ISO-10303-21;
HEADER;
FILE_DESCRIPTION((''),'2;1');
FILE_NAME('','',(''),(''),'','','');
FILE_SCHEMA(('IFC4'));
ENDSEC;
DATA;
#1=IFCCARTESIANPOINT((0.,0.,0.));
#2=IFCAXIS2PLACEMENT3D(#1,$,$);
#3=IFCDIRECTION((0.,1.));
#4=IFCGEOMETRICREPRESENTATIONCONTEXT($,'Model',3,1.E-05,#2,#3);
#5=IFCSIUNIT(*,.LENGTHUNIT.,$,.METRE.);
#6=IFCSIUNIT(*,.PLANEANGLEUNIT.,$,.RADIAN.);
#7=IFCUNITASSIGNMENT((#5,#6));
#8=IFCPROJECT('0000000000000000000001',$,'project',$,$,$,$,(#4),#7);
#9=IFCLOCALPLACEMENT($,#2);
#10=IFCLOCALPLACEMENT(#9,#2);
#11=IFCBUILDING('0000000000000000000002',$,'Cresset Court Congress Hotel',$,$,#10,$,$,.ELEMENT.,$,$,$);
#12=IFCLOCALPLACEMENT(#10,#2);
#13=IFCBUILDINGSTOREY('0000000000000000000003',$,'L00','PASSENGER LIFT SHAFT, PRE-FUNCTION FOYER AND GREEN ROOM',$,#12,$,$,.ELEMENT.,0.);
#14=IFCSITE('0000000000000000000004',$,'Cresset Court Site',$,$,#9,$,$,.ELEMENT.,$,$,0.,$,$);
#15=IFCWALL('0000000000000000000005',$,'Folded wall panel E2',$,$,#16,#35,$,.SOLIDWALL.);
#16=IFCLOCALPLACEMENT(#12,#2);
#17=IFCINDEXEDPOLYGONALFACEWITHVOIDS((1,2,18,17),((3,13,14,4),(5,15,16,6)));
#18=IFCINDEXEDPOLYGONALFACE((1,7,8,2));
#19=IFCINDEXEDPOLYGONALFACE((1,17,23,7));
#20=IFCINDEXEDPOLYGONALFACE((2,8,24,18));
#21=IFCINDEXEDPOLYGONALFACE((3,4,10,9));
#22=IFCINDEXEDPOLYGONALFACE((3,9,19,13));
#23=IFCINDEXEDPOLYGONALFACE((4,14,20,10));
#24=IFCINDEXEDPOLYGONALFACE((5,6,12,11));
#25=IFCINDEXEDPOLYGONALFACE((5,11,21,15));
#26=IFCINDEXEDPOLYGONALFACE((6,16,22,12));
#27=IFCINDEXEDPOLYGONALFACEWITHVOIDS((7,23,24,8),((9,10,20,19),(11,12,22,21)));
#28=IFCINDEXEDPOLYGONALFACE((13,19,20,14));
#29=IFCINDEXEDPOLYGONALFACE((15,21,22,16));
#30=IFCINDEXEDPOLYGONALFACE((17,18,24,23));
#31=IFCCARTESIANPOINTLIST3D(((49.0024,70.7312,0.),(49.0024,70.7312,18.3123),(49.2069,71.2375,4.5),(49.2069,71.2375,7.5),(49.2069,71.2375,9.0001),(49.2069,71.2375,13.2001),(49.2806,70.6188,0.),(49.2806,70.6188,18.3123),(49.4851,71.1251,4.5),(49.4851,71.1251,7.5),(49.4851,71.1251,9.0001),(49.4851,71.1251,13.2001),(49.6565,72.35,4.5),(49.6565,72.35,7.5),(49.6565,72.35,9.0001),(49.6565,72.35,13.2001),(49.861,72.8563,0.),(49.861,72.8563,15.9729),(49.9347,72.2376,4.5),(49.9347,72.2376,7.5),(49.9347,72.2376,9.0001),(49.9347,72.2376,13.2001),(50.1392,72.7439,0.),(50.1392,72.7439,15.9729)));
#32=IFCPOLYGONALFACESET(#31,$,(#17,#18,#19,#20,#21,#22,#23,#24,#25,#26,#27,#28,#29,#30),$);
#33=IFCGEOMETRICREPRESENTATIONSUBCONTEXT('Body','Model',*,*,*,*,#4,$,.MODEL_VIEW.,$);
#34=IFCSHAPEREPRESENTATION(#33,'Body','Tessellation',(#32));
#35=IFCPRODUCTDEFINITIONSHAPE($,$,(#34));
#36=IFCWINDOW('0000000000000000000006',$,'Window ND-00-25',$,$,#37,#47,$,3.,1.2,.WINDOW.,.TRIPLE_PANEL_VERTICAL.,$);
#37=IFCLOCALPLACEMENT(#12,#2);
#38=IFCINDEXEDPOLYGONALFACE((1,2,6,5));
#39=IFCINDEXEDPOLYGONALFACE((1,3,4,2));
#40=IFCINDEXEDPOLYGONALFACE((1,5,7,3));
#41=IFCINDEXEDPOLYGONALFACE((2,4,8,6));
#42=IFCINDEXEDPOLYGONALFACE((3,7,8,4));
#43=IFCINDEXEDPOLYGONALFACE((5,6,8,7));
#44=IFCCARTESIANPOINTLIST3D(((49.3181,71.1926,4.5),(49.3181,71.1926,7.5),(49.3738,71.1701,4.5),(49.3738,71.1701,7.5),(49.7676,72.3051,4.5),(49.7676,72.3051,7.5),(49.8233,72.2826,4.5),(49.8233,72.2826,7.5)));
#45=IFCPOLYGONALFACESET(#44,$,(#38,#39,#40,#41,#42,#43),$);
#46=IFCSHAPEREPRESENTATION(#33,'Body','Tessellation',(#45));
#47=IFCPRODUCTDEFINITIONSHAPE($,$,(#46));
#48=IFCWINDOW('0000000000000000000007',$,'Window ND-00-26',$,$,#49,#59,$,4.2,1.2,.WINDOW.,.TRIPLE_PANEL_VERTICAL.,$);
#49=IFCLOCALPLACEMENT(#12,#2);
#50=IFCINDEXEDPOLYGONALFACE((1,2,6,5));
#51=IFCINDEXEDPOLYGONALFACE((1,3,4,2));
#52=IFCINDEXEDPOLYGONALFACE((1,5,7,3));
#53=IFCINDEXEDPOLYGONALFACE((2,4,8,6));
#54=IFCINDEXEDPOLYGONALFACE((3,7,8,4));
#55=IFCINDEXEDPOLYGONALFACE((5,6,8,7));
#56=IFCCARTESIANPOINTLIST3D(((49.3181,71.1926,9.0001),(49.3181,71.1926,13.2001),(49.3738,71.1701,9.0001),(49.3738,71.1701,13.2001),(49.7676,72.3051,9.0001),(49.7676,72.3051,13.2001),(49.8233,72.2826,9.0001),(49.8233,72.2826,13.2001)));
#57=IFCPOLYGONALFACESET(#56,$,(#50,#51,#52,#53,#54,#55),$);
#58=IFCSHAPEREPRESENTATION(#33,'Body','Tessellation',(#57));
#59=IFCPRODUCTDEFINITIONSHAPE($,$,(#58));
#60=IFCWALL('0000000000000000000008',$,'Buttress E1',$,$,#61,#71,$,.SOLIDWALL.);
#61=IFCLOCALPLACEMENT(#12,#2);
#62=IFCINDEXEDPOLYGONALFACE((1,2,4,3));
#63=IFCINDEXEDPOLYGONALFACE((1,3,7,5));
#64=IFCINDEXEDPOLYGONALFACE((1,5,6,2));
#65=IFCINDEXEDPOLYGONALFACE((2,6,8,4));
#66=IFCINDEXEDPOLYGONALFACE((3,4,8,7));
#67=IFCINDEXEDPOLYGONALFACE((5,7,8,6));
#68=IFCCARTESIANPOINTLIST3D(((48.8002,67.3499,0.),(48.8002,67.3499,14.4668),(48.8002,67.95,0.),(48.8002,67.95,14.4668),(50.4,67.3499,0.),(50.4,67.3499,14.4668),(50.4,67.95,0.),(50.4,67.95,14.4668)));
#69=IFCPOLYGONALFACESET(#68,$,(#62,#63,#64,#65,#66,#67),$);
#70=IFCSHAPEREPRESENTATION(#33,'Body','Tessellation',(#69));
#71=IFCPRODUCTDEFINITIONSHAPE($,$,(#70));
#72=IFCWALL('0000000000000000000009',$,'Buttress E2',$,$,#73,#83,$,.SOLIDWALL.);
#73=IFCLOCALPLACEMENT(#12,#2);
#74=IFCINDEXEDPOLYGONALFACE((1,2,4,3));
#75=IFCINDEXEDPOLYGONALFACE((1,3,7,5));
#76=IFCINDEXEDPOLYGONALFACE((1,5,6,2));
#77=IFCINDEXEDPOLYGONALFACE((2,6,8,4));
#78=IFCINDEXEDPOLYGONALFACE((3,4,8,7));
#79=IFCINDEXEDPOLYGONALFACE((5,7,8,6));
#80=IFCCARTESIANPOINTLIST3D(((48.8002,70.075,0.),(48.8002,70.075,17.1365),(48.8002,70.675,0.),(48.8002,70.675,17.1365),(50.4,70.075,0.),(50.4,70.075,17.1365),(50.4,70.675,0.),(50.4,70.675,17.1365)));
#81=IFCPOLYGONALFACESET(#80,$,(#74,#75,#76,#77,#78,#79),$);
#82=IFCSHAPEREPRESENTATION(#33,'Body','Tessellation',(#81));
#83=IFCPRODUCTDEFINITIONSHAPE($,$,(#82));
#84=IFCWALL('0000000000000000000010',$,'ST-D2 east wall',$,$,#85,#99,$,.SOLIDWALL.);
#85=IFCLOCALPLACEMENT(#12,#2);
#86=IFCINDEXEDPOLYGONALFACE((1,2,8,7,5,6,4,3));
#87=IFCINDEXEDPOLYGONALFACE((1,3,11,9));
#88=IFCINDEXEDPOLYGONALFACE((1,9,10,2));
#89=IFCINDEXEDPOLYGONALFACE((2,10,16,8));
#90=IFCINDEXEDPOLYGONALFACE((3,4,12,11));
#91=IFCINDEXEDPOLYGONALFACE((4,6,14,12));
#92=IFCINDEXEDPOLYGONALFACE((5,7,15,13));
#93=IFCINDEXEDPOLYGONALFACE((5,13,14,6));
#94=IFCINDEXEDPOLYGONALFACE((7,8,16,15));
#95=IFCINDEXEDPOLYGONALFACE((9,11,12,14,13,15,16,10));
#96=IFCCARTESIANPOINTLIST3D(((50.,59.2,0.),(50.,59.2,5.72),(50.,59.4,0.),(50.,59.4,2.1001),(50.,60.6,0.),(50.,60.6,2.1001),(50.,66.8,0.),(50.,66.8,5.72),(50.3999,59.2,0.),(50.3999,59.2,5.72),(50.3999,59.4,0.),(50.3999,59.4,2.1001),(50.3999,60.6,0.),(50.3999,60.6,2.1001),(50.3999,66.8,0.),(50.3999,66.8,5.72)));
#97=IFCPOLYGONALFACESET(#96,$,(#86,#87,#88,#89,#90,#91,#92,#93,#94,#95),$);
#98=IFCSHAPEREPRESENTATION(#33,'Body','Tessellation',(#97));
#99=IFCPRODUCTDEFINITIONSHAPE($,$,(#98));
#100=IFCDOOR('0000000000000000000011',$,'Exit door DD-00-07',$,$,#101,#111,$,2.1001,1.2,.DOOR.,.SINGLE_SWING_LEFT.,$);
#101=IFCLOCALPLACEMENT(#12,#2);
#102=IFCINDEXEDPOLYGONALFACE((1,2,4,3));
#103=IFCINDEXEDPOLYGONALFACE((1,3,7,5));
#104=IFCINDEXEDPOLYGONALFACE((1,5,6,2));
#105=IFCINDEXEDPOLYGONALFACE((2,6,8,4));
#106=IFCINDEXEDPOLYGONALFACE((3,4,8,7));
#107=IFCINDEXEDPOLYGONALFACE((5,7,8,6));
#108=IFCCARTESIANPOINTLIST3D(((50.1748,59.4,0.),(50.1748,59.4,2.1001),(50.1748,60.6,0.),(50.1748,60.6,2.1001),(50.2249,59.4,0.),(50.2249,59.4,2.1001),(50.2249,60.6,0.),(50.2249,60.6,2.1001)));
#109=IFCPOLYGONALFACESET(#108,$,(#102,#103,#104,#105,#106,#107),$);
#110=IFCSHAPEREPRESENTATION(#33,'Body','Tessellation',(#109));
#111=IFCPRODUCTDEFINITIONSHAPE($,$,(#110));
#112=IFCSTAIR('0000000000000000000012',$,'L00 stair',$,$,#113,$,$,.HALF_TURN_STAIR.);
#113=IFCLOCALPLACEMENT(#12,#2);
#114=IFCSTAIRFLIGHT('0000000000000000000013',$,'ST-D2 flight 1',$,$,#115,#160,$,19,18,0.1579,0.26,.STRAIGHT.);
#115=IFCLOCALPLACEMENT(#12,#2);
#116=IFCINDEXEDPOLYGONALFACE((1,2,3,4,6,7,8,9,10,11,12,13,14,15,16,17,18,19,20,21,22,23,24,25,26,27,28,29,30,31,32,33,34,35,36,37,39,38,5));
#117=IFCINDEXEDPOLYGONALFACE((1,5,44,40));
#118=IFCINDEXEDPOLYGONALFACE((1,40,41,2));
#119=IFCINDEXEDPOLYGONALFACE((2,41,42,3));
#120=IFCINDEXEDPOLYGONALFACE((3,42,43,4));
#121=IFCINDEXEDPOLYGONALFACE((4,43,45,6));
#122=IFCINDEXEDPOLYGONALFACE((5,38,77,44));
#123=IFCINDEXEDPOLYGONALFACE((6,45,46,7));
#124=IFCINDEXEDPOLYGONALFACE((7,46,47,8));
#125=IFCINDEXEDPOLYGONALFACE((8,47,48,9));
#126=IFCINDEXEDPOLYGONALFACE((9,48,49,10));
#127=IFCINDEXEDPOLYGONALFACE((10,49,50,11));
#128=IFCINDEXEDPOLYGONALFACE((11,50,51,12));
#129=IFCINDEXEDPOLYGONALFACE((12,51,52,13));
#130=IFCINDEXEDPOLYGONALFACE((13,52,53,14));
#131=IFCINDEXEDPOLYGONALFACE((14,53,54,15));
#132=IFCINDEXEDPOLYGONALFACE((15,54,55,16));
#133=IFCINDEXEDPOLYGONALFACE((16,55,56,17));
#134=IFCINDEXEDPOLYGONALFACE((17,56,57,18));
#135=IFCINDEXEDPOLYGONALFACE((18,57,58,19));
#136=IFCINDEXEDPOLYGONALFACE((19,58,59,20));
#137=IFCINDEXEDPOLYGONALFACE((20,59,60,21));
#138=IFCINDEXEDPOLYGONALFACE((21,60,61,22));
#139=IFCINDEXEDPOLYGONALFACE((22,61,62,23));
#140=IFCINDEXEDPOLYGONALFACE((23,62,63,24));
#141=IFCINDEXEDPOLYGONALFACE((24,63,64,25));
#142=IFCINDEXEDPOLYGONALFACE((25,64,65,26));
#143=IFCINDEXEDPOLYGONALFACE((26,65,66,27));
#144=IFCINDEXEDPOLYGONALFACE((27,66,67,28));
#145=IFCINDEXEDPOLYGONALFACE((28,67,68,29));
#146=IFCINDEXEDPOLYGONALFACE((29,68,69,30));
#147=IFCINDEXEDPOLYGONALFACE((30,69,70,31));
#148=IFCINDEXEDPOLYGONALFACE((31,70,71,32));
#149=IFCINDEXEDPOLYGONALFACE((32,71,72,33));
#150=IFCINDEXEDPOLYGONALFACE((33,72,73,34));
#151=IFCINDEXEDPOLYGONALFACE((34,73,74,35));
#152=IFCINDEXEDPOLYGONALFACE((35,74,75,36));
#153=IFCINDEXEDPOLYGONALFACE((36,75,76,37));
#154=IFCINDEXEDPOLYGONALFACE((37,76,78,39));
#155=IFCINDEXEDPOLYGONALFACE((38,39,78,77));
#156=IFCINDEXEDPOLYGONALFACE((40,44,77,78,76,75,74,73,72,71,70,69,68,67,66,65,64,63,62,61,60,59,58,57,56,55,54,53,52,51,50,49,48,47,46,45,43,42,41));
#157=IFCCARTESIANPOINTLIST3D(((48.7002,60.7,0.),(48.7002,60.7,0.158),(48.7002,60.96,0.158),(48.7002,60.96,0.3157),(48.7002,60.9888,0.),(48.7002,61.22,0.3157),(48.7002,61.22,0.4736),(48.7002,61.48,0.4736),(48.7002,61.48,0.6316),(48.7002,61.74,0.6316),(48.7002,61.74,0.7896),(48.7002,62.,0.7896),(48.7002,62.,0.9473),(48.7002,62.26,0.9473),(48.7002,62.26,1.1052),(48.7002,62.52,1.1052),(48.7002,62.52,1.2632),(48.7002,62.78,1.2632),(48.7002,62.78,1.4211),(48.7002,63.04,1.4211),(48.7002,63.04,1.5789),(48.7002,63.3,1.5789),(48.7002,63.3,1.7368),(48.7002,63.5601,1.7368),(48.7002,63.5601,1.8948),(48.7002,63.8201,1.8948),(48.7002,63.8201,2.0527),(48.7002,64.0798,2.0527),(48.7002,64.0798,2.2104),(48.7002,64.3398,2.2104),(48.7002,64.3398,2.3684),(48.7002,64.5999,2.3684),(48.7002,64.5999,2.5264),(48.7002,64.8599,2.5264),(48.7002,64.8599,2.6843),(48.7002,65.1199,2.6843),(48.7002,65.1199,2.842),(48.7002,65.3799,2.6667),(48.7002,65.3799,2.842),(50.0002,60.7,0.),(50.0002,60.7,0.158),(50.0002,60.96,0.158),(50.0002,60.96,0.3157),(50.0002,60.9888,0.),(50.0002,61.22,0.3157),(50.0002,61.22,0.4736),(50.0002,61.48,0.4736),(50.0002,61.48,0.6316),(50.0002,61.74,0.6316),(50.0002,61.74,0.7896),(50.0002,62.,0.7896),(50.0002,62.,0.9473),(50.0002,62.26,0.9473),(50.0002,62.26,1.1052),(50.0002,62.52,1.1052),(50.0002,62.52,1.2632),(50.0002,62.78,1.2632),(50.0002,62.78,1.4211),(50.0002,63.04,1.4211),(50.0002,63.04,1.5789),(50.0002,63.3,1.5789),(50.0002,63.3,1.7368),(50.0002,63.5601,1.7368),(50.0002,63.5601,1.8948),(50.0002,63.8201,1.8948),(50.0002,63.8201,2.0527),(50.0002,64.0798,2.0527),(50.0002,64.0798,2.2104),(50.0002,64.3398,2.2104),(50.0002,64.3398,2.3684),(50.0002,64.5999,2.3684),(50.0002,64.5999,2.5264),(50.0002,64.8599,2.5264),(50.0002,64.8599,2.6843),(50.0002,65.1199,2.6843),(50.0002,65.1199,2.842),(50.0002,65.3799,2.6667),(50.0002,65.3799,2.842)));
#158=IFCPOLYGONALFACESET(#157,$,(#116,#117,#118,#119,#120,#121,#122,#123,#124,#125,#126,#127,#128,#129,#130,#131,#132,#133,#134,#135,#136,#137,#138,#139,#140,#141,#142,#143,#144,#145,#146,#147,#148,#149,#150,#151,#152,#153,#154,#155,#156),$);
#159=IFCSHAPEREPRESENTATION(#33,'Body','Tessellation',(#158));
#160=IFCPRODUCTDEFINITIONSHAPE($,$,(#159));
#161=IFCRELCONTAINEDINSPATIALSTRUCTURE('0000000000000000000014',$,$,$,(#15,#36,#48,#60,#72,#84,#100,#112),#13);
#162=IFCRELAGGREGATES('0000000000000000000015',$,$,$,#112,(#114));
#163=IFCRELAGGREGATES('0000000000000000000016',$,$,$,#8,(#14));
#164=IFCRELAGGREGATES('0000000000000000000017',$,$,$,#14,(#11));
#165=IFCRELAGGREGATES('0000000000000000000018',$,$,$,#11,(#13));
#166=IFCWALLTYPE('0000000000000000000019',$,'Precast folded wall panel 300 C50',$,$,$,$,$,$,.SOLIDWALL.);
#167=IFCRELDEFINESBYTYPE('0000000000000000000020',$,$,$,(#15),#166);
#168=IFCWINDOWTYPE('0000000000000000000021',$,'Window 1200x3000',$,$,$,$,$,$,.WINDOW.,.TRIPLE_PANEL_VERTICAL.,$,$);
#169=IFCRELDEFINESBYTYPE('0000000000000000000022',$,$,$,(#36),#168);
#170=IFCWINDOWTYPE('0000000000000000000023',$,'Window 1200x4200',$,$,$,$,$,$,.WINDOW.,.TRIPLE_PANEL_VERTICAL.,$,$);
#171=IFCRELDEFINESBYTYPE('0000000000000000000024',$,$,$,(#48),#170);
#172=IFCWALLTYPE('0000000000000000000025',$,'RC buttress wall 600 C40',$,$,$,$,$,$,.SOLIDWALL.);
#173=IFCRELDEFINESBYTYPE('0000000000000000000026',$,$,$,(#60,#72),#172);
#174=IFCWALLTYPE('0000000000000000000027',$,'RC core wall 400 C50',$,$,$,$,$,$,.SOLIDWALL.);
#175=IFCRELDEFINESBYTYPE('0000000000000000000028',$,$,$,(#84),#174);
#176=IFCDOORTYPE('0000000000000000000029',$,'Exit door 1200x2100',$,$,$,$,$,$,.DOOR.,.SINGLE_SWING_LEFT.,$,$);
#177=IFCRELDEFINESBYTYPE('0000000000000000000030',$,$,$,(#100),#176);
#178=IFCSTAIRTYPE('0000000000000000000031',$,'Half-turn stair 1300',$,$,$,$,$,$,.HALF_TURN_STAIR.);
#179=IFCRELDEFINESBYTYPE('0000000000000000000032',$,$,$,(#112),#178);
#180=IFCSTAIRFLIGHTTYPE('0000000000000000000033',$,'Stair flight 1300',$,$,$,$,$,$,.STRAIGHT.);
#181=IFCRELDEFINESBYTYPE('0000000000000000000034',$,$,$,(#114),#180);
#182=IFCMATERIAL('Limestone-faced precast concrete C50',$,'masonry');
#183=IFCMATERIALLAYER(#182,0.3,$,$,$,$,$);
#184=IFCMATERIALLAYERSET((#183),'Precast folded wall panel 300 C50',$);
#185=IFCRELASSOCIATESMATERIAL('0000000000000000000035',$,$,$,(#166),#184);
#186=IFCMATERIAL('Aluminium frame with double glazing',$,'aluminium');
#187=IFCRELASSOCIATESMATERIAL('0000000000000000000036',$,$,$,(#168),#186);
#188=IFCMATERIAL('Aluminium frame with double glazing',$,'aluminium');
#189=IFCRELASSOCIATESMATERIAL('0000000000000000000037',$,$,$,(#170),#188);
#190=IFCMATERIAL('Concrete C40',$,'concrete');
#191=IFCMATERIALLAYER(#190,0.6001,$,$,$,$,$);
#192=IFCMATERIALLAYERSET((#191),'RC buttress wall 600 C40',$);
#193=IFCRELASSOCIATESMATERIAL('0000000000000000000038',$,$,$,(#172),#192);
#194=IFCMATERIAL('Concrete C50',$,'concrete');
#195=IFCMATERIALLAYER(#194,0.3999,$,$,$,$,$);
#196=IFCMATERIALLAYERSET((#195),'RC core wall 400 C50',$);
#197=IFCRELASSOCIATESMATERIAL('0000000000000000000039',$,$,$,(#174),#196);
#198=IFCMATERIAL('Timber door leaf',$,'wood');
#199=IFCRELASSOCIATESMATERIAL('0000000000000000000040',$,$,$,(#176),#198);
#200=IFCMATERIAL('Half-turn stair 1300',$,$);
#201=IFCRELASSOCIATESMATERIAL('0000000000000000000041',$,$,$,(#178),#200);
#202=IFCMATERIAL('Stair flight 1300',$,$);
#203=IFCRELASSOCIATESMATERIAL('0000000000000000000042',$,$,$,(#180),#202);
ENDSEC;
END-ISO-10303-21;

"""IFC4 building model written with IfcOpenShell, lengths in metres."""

from ifc_helpers import new_model, si_unit, direction, frame, frame_2d, origin, place, context, subcontext, project, spatial, polyline, rectangle, outline, extrude, material, layer, layer_set, type_object, element, fill, aggregate, save


model = new_model("IFC4")

# Units and contexts
model_context = context("Model", 3, precision=1e-05, world=origin(), true_north=direction((0.0, 1.0)))
body_context = subcontext(model_context, "Body", "Model", "MODEL_VIEW")
ifc_project = project(units=[si_unit("LENGTHUNIT", "METRE"), si_unit("PLANEANGLEUNIT", "RADIAN")], contexts=[model_context])

# Site, building, storey
site_placement = place(None, origin())
site = spatial("IfcSite", under=ifc_project, at=site_placement, Name="Cresset Court Site", CompositionType="ELEMENT", RefElevation=0.0)
building_placement = place(site_placement, origin())
building = spatial("IfcBuilding", under=site, at=building_placement, Name="Cresset Court Congress Hotel", CompositionType="ELEMENT")
storey_placement = place(building_placement, origin())
storey = spatial("IfcBuildingStorey", under=building, at=storey_placement, Name="L00", Description="PASSENGER LIFT SHAFT, PRE-FUNCTION FOYER AND GREEN ROOM", CompositionType="ELEMENT", Elevation=0.0)

# Wall, openings, windows
ifc_material_1 = material(Name="Limestone-faced precast concrete C50", Category="masonry")
ifc_layer_1 = layer(ifc_material_1, 0.3)
ifc_layer_set_1 = layer_set([ifc_layer_1], Name="Precast folded wall panel 300 C50")
wall_type_1 = type_object("IfcWallType", Name="Precast folded wall panel 300 C50", PredefinedType="SOLIDWALL", material=ifc_layer_set_1)
ifc_material_2 = material(Name="Aluminium frame with double glazing", Category="aluminium")
window_type_1 = type_object("IfcWindowType", Name="Window 1200x3000", PartitioningType="TRIPLE_PANEL_VERTICAL", PredefinedType="WINDOW", material=ifc_material_2)
ifc_material_3 = material(Name="Aluminium frame with double glazing", Category="aluminium")
window_type_2 = type_object("IfcWindowType", Name="Window 1200x4200", PartitioningType="TRIPLE_PANEL_VERTICAL", PredefinedType="WINDOW", material=ifc_material_3)
wall_1_placement = place(storey_placement, frame((49.1414, 70.675, 0.0), z_axis=(0.0, 0.0, 1.0), x_axis=(0.374639, 0.927171, 0.0)))
wall_1 = element("IfcWall", 1, at=wall_1_placement, inside=storey, type_object=wall_type_1, Name="Folded wall panel E2", PredefinedType="SOLIDWALL", context=body_context, shape_type="SweptSolid", body=[
    extrude(outline(polyline([(0.0, 0.0), (2.292, 0.0), (2.292, 15.9729), (0.0, 18.3123), (0.0, 0.0)])), frame((0.0, 0.1499, 0.0), z_axis=(0.0, -1.0, 0.0), x_axis=(1.0, 0.0, 0.0)), (0.0, 0.0, 1.0), 0.3),
])
opening_1_placement = place(wall_1_placement, frame((0.5459, 0.0, 4.5)))
opening_1 = element("IfcOpeningElement", 2, at=opening_1_placement, cuts=wall_1, PredefinedType="OPENING", context=body_context, shape_type="SweptSolid", body=[
    extrude(rectangle(XDim=1.2, YDim=3.0, at=frame_2d((0.6001, 1.5))), frame((0.0, 0.1599, 0.0), z_axis=(0.0, -1.0, 0.0), x_axis=(1.0, 0.0, 0.0)), (0.0, 0.0, 1.0), 0.3201),
])
opening_2_placement = place(wall_1_placement, frame((0.5459, 0.0, 9.0)))
opening_2 = element("IfcOpeningElement", 3, at=opening_2_placement, cuts=wall_1, PredefinedType="OPENING", context=body_context, shape_type="SweptSolid", body=[
    extrude(rectangle(XDim=1.2, YDim=4.2, at=frame_2d((0.6001, 2.1001))), frame((0.0, 0.1599, 0.0), z_axis=(0.0, -1.0, 0.0), x_axis=(1.0, 0.0, 0.0)), (0.0, 0.0, 1.0), 0.3201),
])
window_1_placement = place(opening_1_placement, origin())
window_1 = element("IfcWindow", 4, at=window_1_placement, inside=storey, type_object=window_type_1, Name="Window ND-00-25", OverallHeight=3.0, OverallWidth=1.2, PartitioningType="TRIPLE_PANEL_VERTICAL", PredefinedType="WINDOW", context=body_context, shape_type="SweptSolid", body=[
    extrude(rectangle(XDim=1.2, YDim=3.0, at=frame_2d((0.6001, 1.5))), frame((0.0, 0.03, 0.0), z_axis=(0.0, -1.0, 0.0), x_axis=(1.0, 0.0, 0.0)), (0.0, 0.0, 1.0), 0.0601),
])
fill(opening_1, window_1)
window_2_placement = place(opening_2_placement, origin())
window_2 = element("IfcWindow", 5, at=window_2_placement, inside=storey, type_object=window_type_2, Name="Window ND-00-26", OverallHeight=4.2, OverallWidth=1.2, PartitioningType="TRIPLE_PANEL_VERTICAL", PredefinedType="WINDOW", context=body_context, shape_type="SweptSolid", body=[
    extrude(rectangle(XDim=1.2, YDim=4.2, at=frame_2d((0.6001, 2.1001))), frame((0.0, 0.03, 0.0), z_axis=(0.0, -1.0, 0.0), x_axis=(1.0, 0.0, 0.0)), (0.0, 0.0, 1.0), 0.0601),
])
fill(opening_2, window_2)

# Walls
ifc_material_4 = material(Name="Concrete C40", Category="concrete")
ifc_layer_2 = layer(ifc_material_4, 0.6001)
ifc_layer_set_2 = layer_set([ifc_layer_2], Name="RC buttress wall 600 C40")
wall_type_2 = type_object("IfcWallType", Name="RC buttress wall 600 C40", PredefinedType="SOLIDWALL", material=ifc_layer_set_2)
wall_2_placement = place(storey_placement, frame((50.3999, 67.6499, 0.0), z_axis=(0.0, 0.0, 1.0), x_axis=(-1.0, 0.0, 0.0)))
element("IfcWall", 6, at=wall_2_placement, inside=storey, type_object=wall_type_2, Name="Buttress E1", PredefinedType="SOLIDWALL", context=body_context, shape_type="SweptSolid", body=[
    extrude(rectangle(XDim=1.5999, YDim=0.6001, at=frame_2d((0.7998, 0.0))), origin(), (0.0, 0.0, 1.0), 14.4668),
])
wall_3_placement = place(storey_placement, frame((50.3999, 70.375, 0.0), z_axis=(0.0, 0.0, 1.0), x_axis=(-1.0, 0.0, 0.0)))
element("IfcWall", 7, at=wall_3_placement, inside=storey, type_object=wall_type_2, Name="Buttress E2", PredefinedType="SOLIDWALL", context=body_context, shape_type="SweptSolid", body=[
    extrude(rectangle(XDim=1.5999, YDim=0.6001, at=frame_2d((0.7998, 0.0))), origin(), (0.0, 0.0, 1.0), 17.1365),
])

# Wall, opening, door
ifc_material_5 = material(Name="Concrete C50", Category="concrete")
ifc_layer_3 = layer(ifc_material_5, 0.3999)
ifc_layer_set_3 = layer_set([ifc_layer_3], Name="RC core wall 400 C50")
wall_type_3 = type_object("IfcWallType", Name="RC core wall 400 C50", PredefinedType="SOLIDWALL", material=ifc_layer_set_3)
wall_4_placement = place(storey_placement, frame((50.2, 66.8, 0.0), z_axis=(0.0, 0.0, 1.0), x_axis=(0.0, -1.0, 0.0)))
wall_4 = element("IfcWall", 8, at=wall_4_placement, inside=storey, type_object=wall_type_3, Name="ST-D2 east wall", PredefinedType="SOLIDWALL", context=body_context, shape_type="SweptSolid", body=[
    extrude(rectangle(XDim=7.6001, YDim=0.3999, at=frame_2d((3.8, 0.0))), origin(), (0.0, 0.0, 1.0), 5.72),
])
opening_3_placement = place(wall_4_placement, frame((6.2, 0.0, 0.0)))
opening_3 = element("IfcOpeningElement", 9, at=opening_3_placement, cuts=wall_4, PredefinedType="OPENING", context=body_context, shape_type="SweptSolid", body=[
    extrude(rectangle(XDim=1.2, YDim=2.1001, at=frame_2d((0.6001, 1.05))), frame((0.0, 0.21, 0.0), z_axis=(0.0, -1.0, 0.0), x_axis=(1.0, 0.0, 0.0)), (0.0, 0.0, 1.0), 0.4199),
])
ifc_material_6 = material(Name="Timber door leaf", Category="wood")
door_type = type_object("IfcDoorType", Name="Exit door 1200x2100", OperationType="SINGLE_SWING_LEFT", PredefinedType="DOOR", material=ifc_material_6)
door_placement = place(opening_3_placement, origin())
door = element("IfcDoor", 10, at=door_placement, inside=storey, type_object=door_type, Name="Exit door DD-00-07", OperationType="SINGLE_SWING_LEFT", OverallHeight=2.1001, OverallWidth=1.2, PredefinedType="DOOR", context=body_context, shape_type="SweptSolid", body=[
    extrude(rectangle(XDim=1.2, YDim=2.1001, at=frame_2d((0.6001, 1.05))), frame((0.0, 0.0249, 0.0), z_axis=(0.0, -1.0, 0.0), x_axis=(1.0, 0.0, 0.0)), (0.0, 0.0, 1.0), 0.05),
])
fill(opening_3, door)

# Stair, stair flight
ifc_material_7 = material(Name="Half-turn stair 1300")
stair_type = type_object("IfcStairType", Name="Half-turn stair 1300", PredefinedType="HALF_TURN_STAIR", material=ifc_material_7)
stair_placement = place(storey_placement, origin())
stair = element("IfcStair", 11, at=stair_placement, inside=storey, type_object=stair_type, Name="L00 stair", PredefinedType="HALF_TURN_STAIR")
ifc_material_8 = material(Name="Stair flight 1300")
stair_flight_type = type_object("IfcStairFlightType", Name="Stair flight 1300", PredefinedType="STRAIGHT", material=ifc_material_8)
stair_flight_placement = place(storey_placement, frame((49.3501, 60.7, 0.0), z_axis=(0.0, 0.0, 1.0), x_axis=(0.0, 1.0, 0.0)))
stair_flight = element("IfcStairFlight", 12, at=stair_flight_placement, type_object=stair_flight_type, Name="ST-D2 flight 1", NumberOfRisers=19, NumberOfTreads=18, PredefinedType="STRAIGHT", RiserHeight=0.1579, TreadLength=0.26, context=body_context, shape_type="SweptSolid", body=[
    extrude(outline(polyline([(0.0, 0.0), (0.0, 0.158), (0.26, 0.158), (0.26, 0.3157), (0.52, 0.3157), (0.52, 0.4736), (0.78, 0.4736), (0.78, 0.6316), (1.04, 0.6316), (1.04, 0.7896), (1.3, 0.7896), (1.3, 0.9473), (1.5601, 0.9473), (1.5601, 1.1052), (1.8201, 1.1052), (1.8201, 1.2632), (2.0801, 1.2632), (2.0801, 1.4211), (2.3401, 1.4211), (2.3401, 1.5789), (2.6001, 1.5789), (2.6001, 1.7368), (2.8601, 1.7368), (2.8601, 1.8948), (3.1201, 1.8948), (3.1201, 2.0527), (3.3799, 2.0527), (3.3799, 2.2104), (3.6399, 2.2104), (3.6399, 2.3684), (3.8999, 2.3684), (3.8999, 2.5264), (4.1599, 2.5264), (4.1599, 2.6843), (4.4199, 2.6843), (4.4199, 2.842), (4.6799, 2.842), (4.6799, 3.0), (4.6799, 2.6667), (0.2888, 0.0), (0.0, 0.0)])), frame((0.0, 0.6499, 0.0), z_axis=(0.0, -1.0, 0.0), x_axis=(1.0, 0.0, 0.0)), (0.0, 0.0, 1.0), 1.3),
])
aggregate(stair, [stair_flight])

save(model, "model.ifc")
